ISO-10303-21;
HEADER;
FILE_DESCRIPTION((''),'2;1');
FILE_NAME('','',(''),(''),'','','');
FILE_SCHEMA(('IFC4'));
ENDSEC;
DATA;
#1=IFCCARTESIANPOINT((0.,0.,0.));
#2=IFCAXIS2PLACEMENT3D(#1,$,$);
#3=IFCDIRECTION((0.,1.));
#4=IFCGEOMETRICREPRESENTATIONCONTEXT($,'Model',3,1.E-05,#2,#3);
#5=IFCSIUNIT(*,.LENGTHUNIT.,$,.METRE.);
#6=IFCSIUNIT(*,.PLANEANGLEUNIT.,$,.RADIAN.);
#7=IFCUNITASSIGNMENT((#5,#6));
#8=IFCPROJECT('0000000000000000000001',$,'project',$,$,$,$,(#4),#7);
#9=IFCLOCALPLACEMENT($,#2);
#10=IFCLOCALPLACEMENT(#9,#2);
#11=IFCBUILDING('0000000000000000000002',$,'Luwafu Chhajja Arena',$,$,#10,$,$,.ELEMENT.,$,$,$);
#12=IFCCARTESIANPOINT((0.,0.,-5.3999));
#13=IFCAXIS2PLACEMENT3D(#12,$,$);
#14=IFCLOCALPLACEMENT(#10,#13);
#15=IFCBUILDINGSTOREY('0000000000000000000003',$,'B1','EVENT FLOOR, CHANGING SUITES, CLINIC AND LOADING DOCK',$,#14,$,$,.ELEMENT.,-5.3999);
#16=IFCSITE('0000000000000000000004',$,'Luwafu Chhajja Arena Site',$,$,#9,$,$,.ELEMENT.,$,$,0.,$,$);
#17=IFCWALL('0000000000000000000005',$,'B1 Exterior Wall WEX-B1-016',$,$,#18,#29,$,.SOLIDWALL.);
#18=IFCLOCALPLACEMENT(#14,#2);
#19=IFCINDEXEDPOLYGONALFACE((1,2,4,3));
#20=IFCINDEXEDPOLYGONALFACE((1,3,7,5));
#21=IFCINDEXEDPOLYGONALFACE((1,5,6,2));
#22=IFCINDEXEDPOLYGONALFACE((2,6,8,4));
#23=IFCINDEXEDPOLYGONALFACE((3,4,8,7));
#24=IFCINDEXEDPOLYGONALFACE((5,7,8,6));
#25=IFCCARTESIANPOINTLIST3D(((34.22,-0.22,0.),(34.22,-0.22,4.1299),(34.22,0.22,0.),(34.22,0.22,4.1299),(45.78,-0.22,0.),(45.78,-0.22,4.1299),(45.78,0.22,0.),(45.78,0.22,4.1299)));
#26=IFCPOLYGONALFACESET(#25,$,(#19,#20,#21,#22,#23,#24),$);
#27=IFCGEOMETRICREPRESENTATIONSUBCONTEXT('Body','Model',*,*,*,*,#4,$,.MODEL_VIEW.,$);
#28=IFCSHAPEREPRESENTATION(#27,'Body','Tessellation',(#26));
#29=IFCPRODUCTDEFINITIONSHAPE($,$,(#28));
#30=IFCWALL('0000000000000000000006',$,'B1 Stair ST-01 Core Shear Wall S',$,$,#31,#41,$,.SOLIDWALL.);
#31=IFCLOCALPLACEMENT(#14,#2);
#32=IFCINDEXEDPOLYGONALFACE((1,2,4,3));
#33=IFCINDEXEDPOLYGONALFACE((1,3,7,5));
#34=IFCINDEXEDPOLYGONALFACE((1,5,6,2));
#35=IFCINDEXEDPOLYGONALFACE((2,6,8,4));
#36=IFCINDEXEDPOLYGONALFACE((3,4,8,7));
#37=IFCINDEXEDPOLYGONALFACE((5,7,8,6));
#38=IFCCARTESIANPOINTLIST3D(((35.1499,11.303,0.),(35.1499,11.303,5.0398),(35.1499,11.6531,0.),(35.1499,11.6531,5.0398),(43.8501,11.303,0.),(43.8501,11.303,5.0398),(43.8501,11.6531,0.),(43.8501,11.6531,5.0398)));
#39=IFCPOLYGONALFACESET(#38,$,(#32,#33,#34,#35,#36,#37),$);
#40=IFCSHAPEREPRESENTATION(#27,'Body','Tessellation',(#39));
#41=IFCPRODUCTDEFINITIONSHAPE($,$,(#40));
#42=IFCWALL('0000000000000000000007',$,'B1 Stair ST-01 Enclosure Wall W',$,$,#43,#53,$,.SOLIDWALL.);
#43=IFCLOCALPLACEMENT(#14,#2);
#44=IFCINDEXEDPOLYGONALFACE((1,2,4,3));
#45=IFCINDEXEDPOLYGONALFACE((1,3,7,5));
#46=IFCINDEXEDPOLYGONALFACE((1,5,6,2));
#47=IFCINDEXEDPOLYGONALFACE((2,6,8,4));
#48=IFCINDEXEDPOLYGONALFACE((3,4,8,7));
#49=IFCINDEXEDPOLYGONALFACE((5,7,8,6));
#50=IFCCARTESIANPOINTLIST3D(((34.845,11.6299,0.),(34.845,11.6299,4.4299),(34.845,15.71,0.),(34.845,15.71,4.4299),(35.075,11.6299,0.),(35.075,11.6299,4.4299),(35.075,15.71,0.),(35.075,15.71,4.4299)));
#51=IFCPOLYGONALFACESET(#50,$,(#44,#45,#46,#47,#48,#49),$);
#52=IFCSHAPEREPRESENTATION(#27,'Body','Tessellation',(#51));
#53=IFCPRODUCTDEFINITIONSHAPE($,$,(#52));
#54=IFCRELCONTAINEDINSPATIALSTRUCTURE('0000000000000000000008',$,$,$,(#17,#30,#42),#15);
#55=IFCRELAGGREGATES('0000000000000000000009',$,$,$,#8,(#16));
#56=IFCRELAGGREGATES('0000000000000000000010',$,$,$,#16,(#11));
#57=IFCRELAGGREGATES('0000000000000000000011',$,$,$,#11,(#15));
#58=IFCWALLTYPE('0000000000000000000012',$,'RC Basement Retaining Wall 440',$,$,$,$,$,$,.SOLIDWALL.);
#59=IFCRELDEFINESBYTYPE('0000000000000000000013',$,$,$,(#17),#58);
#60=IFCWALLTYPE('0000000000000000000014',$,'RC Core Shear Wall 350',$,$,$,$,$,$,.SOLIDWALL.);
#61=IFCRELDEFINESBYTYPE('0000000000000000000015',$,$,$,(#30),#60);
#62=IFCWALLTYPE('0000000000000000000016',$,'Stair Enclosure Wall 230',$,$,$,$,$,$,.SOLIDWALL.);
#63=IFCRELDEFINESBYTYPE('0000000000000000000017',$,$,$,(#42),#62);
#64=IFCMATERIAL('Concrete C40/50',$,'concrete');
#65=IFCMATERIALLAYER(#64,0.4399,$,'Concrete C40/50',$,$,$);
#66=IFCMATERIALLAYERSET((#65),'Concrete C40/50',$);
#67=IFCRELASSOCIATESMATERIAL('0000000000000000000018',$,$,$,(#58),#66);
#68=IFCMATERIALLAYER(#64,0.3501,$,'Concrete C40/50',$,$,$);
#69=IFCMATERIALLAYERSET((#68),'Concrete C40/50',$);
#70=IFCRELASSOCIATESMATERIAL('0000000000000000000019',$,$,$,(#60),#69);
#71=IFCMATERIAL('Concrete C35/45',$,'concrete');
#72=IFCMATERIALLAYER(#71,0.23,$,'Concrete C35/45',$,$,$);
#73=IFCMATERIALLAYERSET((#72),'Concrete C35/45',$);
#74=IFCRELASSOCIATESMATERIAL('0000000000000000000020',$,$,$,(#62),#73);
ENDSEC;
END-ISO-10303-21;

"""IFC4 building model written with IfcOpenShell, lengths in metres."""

from ifc_helpers import new_model, si_unit, direction, frame, frame_2d, origin, place, context, subcontext, project, spatial, rectangle, extrude, material, layer, layer_set, type_object, element, save


model = new_model("IFC4")

# Units and contexts
model_context = context("Model", 3, precision=1e-05, world=origin(), true_north=direction((0.0, 1.0)))
body_context = subcontext(model_context, "Body", "Model", "MODEL_VIEW")
ifc_project = project(units=[si_unit("LENGTHUNIT", "METRE"), si_unit("PLANEANGLEUNIT", "RADIAN")], contexts=[model_context])

# Site, building, storey
site_placement = place(None, origin())
site = spatial("IfcSite", under=ifc_project, at=site_placement, Name="Luwafu Chhajja Arena Site", CompositionType="ELEMENT", RefElevation=0.0)
building_placement = place(site_placement, origin())
building = spatial("IfcBuilding", under=site, at=building_placement, Name="Luwafu Chhajja Arena", CompositionType="ELEMENT")
storey_placement = place(building_placement, frame((0.0, 0.0, -5.3999)))
storey = spatial("IfcBuildingStorey", under=building, at=storey_placement, Name="B1", Description="EVENT FLOOR, CHANGING SUITES, CLINIC AND LOADING DOCK", CompositionType="ELEMENT", Elevation=-5.3999)

# Shared definitions
ifc_material_1 = material(Name="Concrete C35/45", Category="concrete")

# Shared definitions
ifc_material_2 = material(Name="Concrete C40/50", Category="concrete")

# Walls
ifc_layer_1 = layer(ifc_material_2, 0.4399, Name="Concrete C40/50")
ifc_layer_set_1 = layer_set([ifc_layer_1], Name="Concrete C40/50")
wall_type_1 = type_object("IfcWallType", Name="RC Basement Retaining Wall 440", PredefinedType="SOLIDWALL", material=ifc_layer_set_1)
wall_1_placement = place(storey_placement, frame((34.22, 0.0, 0.0), z_axis=(0.0, 0.0, 1.0), x_axis=(1.0, 0.0, 0.0)))
element("IfcWall", 1, at=wall_1_placement, inside=storey, type_object=wall_type_1, Name="B1 Exterior Wall WEX-B1-016", PredefinedType="SOLIDWALL", context=body_context, shape_type="SweptSolid", body=[
    extrude(rectangle(XDim=11.5601, YDim=0.4399, at=frame_2d((5.78, 0.0))), origin(), (0.0, 0.0, 1.0), 4.1299),
])
ifc_layer_2 = layer(ifc_material_2, 0.3501, Name="Concrete C40/50")
ifc_layer_set_2 = layer_set([ifc_layer_2], Name="Concrete C40/50")
wall_type_2 = type_object("IfcWallType", Name="RC Core Shear Wall 350", PredefinedType="SOLIDWALL", material=ifc_layer_set_2)
wall_2_placement = place(storey_placement, frame((35.1499, 11.478, 0.0), z_axis=(0.0, 0.0, 1.0), x_axis=(1.0, 0.0, 0.0)))
element("IfcWall", 2, at=wall_2_placement, inside=storey, type_object=wall_type_2, Name="B1 Stair ST-01 Core Shear Wall S", PredefinedType="SOLIDWALL", context=body_context, shape_type="SweptSolid", body=[
    extrude(rectangle(XDim=8.7002, YDim=0.3501, at=frame_2d((4.3501, 0.0))), origin(), (0.0, 0.0, 1.0), 5.0398),
])
ifc_layer_3 = layer(ifc_material_1, 0.23, Name="Concrete C35/45")
ifc_layer_set_3 = layer_set([ifc_layer_3], Name="Concrete C35/45")
wall_type_3 = type_object("IfcWallType", Name="Stair Enclosure Wall 230", PredefinedType="SOLIDWALL", material=ifc_layer_set_3)
wall_3_placement = place(storey_placement, frame((34.96, 11.6299, 0.0), z_axis=(0.0, 0.0, 1.0), x_axis=(0.0, 1.0, 0.0)))
element("IfcWall", 3, at=wall_3_placement, inside=storey, type_object=wall_type_3, Name="B1 Stair ST-01 Enclosure Wall W", PredefinedType="SOLIDWALL", context=body_context, shape_type="SweptSolid", body=[
    extrude(rectangle(XDim=4.0801, YDim=0.23, at=frame_2d((2.04, 0.0))), origin(), (0.0, 0.0, 1.0), 4.4299),
])

save(model, "model.ifc")
